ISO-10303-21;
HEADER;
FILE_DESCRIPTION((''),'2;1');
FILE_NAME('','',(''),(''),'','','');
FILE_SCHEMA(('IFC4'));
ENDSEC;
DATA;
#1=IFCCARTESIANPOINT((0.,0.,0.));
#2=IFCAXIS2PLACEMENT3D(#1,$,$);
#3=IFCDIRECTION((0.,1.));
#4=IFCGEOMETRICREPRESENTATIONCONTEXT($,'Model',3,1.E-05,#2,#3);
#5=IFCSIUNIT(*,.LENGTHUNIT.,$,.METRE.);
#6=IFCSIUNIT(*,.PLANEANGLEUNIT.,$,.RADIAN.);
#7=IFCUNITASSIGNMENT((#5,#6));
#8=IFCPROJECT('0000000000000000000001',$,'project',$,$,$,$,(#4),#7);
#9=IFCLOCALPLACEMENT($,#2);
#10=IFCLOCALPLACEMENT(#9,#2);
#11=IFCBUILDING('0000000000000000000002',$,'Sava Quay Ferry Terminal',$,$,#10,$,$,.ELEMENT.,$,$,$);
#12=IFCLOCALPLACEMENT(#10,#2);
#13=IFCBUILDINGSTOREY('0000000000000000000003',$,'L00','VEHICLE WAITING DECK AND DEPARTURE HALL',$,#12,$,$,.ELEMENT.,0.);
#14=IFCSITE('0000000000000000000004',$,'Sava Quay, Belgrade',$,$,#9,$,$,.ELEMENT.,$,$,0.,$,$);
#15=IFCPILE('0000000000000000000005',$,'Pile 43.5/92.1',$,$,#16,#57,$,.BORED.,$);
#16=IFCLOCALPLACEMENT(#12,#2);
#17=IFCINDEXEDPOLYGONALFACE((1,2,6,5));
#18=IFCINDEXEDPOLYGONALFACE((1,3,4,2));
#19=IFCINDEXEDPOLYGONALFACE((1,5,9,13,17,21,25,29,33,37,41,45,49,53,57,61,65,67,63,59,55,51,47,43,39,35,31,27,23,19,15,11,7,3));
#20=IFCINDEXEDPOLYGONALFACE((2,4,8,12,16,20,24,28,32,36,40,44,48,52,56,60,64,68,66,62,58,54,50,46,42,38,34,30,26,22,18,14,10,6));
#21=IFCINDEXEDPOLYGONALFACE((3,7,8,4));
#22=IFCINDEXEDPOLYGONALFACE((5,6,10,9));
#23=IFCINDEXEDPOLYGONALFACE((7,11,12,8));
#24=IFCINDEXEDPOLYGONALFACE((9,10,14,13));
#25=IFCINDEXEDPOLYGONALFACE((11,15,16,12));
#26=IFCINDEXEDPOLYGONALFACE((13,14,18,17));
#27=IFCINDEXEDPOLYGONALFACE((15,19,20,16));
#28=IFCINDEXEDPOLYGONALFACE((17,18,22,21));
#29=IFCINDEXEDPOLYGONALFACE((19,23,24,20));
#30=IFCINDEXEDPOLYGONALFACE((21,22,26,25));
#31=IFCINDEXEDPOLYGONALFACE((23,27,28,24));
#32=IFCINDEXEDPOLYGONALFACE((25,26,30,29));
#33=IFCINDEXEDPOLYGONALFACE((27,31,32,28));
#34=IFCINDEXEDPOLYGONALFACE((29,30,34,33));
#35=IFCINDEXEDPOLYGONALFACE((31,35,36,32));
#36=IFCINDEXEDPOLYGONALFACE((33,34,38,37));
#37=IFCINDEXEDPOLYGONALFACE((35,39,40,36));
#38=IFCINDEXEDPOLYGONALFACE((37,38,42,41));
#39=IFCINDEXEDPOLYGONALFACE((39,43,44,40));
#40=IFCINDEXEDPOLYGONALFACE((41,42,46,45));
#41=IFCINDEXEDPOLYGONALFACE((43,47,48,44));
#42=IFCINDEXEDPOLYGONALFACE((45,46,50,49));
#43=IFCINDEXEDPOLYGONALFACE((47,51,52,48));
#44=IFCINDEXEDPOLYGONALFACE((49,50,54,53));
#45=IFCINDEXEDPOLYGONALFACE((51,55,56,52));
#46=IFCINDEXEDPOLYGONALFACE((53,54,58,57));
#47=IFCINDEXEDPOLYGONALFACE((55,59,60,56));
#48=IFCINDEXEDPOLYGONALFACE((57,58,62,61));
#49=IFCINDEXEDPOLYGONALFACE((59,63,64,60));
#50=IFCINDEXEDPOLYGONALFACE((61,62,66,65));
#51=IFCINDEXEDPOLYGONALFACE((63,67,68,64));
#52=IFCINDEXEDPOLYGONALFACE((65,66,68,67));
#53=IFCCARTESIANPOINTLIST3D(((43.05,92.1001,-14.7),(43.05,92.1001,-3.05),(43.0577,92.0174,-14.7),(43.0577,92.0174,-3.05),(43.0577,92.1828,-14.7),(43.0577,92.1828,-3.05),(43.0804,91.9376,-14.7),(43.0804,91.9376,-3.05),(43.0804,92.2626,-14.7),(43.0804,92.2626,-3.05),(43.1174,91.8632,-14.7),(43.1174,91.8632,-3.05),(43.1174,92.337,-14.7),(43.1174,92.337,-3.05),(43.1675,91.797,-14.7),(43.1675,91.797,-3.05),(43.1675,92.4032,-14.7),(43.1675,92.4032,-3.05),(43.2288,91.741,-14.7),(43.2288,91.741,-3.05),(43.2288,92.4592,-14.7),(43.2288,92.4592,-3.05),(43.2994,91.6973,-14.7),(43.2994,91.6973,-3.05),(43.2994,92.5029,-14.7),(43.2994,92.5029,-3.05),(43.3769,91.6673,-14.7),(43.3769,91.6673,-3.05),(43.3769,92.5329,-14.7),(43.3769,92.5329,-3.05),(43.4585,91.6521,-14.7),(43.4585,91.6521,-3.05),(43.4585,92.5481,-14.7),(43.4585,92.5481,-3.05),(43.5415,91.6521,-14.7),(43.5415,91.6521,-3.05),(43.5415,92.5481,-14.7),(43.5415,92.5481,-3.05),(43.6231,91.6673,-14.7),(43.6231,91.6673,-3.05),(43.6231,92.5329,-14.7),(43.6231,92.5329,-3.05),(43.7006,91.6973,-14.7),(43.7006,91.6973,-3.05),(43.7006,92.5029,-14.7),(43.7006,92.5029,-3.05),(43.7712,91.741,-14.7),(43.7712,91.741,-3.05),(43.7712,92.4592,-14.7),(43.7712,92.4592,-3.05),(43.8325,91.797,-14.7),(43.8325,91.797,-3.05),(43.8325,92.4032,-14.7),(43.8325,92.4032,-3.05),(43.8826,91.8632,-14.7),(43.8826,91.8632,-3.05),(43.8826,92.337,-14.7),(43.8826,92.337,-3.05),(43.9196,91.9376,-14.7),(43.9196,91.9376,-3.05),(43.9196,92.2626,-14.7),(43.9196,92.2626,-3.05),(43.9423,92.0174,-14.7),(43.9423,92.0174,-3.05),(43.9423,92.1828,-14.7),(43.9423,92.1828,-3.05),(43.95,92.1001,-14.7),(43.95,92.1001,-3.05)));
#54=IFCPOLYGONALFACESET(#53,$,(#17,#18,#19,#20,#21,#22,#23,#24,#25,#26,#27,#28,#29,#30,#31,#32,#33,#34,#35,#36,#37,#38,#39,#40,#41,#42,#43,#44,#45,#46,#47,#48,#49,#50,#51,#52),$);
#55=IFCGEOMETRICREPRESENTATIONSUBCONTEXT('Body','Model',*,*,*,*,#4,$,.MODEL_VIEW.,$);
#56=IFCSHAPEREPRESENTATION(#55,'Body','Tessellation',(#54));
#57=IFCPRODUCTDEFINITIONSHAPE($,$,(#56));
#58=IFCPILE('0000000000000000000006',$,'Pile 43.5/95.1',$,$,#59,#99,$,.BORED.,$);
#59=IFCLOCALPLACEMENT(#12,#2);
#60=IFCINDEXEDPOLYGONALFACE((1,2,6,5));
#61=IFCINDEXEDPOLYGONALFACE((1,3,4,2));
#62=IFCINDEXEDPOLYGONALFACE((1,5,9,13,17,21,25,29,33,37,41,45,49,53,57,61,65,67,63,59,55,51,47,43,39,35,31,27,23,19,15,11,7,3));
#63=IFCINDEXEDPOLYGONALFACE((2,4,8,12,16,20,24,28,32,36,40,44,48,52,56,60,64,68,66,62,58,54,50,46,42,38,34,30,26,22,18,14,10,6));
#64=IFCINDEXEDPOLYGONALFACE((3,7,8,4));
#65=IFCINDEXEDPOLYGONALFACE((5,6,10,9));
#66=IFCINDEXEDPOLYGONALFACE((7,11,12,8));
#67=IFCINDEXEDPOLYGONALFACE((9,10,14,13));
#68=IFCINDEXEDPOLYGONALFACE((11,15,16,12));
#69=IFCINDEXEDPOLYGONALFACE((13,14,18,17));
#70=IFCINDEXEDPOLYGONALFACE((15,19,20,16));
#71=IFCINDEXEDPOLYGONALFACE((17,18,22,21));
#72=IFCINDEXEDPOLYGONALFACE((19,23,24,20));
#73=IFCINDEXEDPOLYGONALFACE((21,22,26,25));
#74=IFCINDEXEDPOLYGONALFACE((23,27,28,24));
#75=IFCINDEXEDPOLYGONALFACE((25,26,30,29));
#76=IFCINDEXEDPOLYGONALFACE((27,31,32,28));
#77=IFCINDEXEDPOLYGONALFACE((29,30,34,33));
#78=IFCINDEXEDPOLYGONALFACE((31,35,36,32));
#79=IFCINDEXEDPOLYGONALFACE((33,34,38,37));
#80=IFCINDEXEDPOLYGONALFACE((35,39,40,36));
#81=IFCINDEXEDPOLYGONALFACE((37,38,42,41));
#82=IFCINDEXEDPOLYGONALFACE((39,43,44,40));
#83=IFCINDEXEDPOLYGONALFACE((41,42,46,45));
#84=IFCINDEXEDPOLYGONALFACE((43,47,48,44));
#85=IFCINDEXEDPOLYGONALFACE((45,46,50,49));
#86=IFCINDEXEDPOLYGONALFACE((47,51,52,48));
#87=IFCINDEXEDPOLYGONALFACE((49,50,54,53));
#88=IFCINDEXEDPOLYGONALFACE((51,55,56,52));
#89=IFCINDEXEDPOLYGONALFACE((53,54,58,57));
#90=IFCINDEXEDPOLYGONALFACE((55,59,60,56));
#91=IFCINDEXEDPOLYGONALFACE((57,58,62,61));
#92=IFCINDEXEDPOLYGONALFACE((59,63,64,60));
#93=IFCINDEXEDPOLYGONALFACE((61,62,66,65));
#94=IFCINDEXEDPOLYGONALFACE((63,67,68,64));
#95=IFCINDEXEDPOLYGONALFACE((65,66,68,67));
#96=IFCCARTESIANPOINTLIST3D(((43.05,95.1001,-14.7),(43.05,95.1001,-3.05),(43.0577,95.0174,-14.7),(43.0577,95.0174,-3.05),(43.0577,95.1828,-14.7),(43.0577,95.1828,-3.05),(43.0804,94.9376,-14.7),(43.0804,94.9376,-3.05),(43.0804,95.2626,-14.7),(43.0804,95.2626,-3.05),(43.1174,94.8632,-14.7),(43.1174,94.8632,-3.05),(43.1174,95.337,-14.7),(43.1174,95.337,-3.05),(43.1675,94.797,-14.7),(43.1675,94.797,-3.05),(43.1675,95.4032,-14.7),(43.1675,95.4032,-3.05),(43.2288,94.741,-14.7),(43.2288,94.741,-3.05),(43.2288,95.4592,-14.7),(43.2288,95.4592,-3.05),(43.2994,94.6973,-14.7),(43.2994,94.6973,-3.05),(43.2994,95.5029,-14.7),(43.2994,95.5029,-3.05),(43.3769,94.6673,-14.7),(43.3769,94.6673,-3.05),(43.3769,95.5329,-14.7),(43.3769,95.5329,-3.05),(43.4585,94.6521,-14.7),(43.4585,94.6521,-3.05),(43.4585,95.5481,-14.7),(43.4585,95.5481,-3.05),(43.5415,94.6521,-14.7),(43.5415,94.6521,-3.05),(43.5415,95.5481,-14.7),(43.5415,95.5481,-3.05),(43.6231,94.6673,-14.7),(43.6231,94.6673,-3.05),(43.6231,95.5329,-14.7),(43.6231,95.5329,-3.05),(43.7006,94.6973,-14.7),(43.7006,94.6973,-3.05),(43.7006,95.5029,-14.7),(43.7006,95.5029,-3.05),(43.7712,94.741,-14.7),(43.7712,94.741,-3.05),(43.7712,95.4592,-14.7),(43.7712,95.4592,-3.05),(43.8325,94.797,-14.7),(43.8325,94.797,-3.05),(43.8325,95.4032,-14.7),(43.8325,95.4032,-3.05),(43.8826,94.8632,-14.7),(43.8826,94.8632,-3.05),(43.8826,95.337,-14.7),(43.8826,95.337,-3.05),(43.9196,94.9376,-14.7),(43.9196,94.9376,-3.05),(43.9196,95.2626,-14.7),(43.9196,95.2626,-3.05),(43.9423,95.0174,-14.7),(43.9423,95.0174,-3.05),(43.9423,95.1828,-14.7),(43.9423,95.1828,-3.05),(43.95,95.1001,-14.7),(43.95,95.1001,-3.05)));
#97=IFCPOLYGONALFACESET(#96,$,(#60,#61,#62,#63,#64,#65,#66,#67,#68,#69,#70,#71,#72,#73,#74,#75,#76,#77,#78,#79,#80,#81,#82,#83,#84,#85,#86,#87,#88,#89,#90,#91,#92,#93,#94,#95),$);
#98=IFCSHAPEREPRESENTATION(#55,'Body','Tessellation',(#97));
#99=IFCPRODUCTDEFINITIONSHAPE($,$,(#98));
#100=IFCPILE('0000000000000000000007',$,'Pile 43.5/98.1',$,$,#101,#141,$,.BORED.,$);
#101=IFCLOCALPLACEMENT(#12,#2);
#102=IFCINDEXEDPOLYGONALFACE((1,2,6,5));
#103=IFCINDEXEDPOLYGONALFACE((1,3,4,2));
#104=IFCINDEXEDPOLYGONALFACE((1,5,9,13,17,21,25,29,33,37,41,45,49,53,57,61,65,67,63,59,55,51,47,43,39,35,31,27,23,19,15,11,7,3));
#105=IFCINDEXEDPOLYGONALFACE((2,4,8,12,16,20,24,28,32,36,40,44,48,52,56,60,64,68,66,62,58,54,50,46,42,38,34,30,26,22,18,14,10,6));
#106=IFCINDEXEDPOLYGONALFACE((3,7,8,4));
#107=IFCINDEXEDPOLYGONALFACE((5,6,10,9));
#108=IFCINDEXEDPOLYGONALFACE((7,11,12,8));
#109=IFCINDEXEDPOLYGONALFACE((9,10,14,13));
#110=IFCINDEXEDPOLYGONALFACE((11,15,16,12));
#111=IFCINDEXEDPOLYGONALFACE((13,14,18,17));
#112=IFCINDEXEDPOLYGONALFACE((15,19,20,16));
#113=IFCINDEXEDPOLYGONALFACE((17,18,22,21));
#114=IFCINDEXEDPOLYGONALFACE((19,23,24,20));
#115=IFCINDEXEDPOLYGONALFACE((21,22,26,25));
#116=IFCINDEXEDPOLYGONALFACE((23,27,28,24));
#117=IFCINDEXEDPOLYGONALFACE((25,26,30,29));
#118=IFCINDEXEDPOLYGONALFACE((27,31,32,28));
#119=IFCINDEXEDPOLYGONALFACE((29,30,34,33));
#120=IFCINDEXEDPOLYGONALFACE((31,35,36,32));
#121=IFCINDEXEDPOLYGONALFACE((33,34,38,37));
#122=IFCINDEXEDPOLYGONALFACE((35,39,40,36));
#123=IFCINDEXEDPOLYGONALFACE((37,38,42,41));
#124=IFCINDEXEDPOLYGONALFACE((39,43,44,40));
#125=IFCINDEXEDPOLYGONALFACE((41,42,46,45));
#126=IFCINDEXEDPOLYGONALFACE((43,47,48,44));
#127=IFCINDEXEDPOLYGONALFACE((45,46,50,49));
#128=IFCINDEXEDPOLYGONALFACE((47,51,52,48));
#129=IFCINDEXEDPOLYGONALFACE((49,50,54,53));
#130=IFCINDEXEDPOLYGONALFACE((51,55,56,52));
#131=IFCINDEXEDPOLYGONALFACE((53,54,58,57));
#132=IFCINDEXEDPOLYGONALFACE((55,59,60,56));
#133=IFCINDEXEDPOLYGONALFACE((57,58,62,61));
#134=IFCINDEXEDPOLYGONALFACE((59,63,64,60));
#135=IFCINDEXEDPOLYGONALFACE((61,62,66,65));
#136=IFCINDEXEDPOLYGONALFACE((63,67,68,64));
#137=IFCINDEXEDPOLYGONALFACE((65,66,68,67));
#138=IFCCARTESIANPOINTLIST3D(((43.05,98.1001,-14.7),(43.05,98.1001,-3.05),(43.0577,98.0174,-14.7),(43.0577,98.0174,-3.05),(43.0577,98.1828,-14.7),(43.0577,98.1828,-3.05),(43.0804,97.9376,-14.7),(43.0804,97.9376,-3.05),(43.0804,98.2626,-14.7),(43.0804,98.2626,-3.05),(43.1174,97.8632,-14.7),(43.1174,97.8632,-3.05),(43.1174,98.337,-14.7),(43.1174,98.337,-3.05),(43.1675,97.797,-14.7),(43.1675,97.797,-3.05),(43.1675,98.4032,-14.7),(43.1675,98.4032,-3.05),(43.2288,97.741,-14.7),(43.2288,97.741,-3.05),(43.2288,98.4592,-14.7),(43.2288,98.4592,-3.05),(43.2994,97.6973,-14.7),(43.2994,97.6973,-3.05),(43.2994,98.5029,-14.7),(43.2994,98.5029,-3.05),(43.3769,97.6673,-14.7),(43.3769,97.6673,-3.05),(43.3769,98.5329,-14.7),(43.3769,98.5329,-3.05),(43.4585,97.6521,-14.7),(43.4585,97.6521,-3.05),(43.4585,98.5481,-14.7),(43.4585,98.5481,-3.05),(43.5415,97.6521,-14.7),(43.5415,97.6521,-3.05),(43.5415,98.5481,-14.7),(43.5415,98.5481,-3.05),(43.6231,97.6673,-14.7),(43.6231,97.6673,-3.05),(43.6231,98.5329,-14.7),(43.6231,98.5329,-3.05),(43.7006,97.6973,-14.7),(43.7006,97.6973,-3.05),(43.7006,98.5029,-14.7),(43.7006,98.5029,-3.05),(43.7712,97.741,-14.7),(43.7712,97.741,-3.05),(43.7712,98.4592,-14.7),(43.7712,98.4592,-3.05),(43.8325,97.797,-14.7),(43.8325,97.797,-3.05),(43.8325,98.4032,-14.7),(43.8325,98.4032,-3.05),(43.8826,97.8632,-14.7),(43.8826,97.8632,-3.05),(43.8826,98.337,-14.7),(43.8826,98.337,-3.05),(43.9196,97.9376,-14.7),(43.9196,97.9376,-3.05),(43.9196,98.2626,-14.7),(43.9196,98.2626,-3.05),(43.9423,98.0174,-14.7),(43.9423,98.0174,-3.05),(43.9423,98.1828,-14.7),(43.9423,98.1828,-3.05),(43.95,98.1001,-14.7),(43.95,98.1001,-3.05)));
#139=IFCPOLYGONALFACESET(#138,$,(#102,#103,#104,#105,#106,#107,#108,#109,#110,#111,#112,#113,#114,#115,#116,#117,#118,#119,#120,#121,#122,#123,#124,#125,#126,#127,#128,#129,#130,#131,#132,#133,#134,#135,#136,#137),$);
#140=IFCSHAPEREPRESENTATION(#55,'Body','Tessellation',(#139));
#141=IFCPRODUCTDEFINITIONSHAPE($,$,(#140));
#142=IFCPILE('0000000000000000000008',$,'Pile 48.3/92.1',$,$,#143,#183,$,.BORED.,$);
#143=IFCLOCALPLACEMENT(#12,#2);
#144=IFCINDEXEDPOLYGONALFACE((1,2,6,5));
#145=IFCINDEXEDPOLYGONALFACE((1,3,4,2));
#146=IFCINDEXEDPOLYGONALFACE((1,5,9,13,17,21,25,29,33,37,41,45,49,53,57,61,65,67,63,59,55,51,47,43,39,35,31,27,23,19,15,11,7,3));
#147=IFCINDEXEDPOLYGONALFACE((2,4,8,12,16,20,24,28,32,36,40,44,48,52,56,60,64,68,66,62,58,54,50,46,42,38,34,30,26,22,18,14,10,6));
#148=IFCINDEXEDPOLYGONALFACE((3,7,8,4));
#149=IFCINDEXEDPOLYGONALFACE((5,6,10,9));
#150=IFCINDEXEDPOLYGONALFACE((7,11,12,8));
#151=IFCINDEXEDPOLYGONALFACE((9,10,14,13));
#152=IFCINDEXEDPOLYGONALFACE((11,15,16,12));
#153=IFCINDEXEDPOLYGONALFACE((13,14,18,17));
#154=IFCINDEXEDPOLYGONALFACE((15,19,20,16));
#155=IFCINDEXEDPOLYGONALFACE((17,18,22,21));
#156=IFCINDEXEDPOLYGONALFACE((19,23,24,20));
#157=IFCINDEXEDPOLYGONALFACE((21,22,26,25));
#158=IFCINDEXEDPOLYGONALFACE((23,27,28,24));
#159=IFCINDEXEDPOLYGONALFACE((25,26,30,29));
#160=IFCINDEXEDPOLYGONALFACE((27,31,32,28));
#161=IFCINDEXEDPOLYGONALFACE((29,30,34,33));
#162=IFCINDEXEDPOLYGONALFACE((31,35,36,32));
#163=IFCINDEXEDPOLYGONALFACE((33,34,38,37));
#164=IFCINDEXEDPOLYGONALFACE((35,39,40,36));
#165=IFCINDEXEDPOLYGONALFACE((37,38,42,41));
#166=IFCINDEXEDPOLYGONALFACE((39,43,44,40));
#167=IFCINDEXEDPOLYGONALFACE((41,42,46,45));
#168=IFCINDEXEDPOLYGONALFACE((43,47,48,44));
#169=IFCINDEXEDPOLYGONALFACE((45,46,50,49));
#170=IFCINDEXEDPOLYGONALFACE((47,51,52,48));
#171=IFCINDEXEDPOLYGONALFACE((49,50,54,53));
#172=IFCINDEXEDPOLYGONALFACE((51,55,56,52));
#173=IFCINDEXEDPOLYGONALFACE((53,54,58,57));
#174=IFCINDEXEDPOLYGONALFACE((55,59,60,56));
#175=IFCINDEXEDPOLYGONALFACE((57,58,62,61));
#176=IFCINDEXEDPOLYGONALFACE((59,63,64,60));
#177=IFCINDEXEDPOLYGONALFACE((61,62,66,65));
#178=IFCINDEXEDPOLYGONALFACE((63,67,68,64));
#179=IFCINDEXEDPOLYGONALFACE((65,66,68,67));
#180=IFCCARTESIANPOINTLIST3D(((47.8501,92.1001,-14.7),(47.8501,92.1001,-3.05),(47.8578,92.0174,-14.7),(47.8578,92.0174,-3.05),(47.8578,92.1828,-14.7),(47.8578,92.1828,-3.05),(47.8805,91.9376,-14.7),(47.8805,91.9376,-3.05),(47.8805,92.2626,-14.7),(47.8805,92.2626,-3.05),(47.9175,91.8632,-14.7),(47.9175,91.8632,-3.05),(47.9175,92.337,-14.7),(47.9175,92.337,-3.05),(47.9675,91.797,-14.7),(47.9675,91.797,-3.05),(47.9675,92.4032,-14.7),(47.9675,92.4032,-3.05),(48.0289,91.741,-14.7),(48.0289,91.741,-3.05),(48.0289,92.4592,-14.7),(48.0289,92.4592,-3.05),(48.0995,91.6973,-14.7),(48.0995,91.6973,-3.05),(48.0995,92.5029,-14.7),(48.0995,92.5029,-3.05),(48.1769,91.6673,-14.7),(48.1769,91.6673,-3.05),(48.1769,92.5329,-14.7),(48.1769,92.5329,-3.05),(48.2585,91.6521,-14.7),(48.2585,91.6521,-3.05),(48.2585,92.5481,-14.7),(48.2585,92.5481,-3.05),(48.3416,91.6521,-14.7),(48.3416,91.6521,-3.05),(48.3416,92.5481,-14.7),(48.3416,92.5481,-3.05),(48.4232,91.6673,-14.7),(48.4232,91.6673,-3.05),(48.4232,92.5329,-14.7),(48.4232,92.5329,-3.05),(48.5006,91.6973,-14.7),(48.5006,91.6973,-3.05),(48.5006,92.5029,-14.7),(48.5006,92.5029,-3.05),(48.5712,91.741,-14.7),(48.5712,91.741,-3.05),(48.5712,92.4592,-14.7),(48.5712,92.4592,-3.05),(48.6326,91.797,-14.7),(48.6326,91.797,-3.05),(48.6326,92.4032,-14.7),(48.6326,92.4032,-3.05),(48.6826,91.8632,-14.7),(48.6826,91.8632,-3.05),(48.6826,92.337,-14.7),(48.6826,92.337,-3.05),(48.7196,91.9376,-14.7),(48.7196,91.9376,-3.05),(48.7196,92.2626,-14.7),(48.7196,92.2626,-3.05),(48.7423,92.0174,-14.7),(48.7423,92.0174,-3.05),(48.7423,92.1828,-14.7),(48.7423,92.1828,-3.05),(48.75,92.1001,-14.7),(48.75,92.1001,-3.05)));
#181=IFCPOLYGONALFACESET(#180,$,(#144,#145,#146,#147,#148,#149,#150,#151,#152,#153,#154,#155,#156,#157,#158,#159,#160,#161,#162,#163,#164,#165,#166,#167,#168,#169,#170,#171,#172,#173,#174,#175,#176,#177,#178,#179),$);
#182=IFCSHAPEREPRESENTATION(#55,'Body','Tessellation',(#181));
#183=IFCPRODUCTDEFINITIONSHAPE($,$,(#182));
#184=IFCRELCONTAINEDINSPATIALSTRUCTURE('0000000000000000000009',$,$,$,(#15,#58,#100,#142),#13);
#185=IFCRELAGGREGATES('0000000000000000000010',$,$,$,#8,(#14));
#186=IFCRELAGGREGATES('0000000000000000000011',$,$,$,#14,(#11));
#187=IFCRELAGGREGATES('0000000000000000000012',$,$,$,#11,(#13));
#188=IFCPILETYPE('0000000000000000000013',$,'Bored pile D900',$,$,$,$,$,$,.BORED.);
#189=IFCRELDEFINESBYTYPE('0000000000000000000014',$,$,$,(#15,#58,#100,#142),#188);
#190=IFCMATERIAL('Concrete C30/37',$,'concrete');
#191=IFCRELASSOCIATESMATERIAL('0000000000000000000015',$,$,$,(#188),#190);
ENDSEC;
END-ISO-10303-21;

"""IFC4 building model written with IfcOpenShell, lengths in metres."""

from ifc_helpers import new_model, si_unit, direction, frame, origin, origin_2d, place, context, subcontext, project, spatial, circle, extrude, material, material_profile, profile_set, type_object, element, save


model = new_model("IFC4")

# Units and contexts
model_context = context("Model", 3, precision=1e-05, world=origin(), true_north=direction((0.0, 1.0)))
body_context = subcontext(model_context, "Body", "Model", "MODEL_VIEW")
ifc_project = project(units=[si_unit("LENGTHUNIT", "METRE"), si_unit("PLANEANGLEUNIT", "RADIAN")], contexts=[model_context])

# Site, building, storey
site_placement = place(None, origin())
site = spatial("IfcSite", under=ifc_project, at=site_placement, Name="Sava Quay, Belgrade", CompositionType="ELEMENT", RefElevation=0.0)
building_placement = place(site_placement, origin())
building = spatial("IfcBuilding", under=site, at=building_placement, Name="Sava Quay Ferry Terminal", CompositionType="ELEMENT")
storey_placement = place(building_placement, origin())
storey = spatial("IfcBuildingStorey", under=building, at=storey_placement, Name="L00", Description="VEHICLE WAITING DECK AND DEPARTURE HALL", CompositionType="ELEMENT", Elevation=0.0)

# Piles
ifc_material_1 = material(Name="Concrete C30/37", Category="concrete")
ifc_material_profile_1 = material_profile(ifc_material_1, circle(Radius=0.45, at=origin_2d()), Name="Bored pile D900")
ifc_profile_set_1 = profile_set([ifc_material_profile_1], Name="Concrete C30/37")
pile_type = type_object("IfcPileType", Name="Bored pile D900", PredefinedType="BORED", material=ifc_profile_set_1)
for number, where, z_axis, x_axis, name in (
    (1, (43.5, 92.1001, -3.05), (0.0, 0.0, -1.0), (1.0, 0.0, 0.0), "Pile 43.5/92.1"),
    (2, (43.5, 95.1001, -3.05), (0.0, 0.0, -1.0), (1.0, 0.0, 0.0), "Pile 43.5/95.1"),
    (3, (43.5, 98.1001, -3.05), (0.0, 0.0, -1.0), (1.0, 0.0, 0.0), "Pile 43.5/98.1"),
    (4, (48.3, 92.1001, -3.05), (0.0, 0.0, -1.0), (1.0, 0.0, 0.0), "Pile 48.3/92.1"),
):
    element("IfcPile", number, at=place(storey_placement, frame(where, z_axis=z_axis, x_axis=x_axis)), inside=storey, type_object=pile_type, Name=name, PredefinedType="BORED", context=body_context, shape_type="SweptSolid", body=[
        extrude(circle(Radius=0.45, at=origin_2d()), origin(), (0.0, 0.0, 1.0), 11.6499),
    ])

save(model, "model.ifc")
